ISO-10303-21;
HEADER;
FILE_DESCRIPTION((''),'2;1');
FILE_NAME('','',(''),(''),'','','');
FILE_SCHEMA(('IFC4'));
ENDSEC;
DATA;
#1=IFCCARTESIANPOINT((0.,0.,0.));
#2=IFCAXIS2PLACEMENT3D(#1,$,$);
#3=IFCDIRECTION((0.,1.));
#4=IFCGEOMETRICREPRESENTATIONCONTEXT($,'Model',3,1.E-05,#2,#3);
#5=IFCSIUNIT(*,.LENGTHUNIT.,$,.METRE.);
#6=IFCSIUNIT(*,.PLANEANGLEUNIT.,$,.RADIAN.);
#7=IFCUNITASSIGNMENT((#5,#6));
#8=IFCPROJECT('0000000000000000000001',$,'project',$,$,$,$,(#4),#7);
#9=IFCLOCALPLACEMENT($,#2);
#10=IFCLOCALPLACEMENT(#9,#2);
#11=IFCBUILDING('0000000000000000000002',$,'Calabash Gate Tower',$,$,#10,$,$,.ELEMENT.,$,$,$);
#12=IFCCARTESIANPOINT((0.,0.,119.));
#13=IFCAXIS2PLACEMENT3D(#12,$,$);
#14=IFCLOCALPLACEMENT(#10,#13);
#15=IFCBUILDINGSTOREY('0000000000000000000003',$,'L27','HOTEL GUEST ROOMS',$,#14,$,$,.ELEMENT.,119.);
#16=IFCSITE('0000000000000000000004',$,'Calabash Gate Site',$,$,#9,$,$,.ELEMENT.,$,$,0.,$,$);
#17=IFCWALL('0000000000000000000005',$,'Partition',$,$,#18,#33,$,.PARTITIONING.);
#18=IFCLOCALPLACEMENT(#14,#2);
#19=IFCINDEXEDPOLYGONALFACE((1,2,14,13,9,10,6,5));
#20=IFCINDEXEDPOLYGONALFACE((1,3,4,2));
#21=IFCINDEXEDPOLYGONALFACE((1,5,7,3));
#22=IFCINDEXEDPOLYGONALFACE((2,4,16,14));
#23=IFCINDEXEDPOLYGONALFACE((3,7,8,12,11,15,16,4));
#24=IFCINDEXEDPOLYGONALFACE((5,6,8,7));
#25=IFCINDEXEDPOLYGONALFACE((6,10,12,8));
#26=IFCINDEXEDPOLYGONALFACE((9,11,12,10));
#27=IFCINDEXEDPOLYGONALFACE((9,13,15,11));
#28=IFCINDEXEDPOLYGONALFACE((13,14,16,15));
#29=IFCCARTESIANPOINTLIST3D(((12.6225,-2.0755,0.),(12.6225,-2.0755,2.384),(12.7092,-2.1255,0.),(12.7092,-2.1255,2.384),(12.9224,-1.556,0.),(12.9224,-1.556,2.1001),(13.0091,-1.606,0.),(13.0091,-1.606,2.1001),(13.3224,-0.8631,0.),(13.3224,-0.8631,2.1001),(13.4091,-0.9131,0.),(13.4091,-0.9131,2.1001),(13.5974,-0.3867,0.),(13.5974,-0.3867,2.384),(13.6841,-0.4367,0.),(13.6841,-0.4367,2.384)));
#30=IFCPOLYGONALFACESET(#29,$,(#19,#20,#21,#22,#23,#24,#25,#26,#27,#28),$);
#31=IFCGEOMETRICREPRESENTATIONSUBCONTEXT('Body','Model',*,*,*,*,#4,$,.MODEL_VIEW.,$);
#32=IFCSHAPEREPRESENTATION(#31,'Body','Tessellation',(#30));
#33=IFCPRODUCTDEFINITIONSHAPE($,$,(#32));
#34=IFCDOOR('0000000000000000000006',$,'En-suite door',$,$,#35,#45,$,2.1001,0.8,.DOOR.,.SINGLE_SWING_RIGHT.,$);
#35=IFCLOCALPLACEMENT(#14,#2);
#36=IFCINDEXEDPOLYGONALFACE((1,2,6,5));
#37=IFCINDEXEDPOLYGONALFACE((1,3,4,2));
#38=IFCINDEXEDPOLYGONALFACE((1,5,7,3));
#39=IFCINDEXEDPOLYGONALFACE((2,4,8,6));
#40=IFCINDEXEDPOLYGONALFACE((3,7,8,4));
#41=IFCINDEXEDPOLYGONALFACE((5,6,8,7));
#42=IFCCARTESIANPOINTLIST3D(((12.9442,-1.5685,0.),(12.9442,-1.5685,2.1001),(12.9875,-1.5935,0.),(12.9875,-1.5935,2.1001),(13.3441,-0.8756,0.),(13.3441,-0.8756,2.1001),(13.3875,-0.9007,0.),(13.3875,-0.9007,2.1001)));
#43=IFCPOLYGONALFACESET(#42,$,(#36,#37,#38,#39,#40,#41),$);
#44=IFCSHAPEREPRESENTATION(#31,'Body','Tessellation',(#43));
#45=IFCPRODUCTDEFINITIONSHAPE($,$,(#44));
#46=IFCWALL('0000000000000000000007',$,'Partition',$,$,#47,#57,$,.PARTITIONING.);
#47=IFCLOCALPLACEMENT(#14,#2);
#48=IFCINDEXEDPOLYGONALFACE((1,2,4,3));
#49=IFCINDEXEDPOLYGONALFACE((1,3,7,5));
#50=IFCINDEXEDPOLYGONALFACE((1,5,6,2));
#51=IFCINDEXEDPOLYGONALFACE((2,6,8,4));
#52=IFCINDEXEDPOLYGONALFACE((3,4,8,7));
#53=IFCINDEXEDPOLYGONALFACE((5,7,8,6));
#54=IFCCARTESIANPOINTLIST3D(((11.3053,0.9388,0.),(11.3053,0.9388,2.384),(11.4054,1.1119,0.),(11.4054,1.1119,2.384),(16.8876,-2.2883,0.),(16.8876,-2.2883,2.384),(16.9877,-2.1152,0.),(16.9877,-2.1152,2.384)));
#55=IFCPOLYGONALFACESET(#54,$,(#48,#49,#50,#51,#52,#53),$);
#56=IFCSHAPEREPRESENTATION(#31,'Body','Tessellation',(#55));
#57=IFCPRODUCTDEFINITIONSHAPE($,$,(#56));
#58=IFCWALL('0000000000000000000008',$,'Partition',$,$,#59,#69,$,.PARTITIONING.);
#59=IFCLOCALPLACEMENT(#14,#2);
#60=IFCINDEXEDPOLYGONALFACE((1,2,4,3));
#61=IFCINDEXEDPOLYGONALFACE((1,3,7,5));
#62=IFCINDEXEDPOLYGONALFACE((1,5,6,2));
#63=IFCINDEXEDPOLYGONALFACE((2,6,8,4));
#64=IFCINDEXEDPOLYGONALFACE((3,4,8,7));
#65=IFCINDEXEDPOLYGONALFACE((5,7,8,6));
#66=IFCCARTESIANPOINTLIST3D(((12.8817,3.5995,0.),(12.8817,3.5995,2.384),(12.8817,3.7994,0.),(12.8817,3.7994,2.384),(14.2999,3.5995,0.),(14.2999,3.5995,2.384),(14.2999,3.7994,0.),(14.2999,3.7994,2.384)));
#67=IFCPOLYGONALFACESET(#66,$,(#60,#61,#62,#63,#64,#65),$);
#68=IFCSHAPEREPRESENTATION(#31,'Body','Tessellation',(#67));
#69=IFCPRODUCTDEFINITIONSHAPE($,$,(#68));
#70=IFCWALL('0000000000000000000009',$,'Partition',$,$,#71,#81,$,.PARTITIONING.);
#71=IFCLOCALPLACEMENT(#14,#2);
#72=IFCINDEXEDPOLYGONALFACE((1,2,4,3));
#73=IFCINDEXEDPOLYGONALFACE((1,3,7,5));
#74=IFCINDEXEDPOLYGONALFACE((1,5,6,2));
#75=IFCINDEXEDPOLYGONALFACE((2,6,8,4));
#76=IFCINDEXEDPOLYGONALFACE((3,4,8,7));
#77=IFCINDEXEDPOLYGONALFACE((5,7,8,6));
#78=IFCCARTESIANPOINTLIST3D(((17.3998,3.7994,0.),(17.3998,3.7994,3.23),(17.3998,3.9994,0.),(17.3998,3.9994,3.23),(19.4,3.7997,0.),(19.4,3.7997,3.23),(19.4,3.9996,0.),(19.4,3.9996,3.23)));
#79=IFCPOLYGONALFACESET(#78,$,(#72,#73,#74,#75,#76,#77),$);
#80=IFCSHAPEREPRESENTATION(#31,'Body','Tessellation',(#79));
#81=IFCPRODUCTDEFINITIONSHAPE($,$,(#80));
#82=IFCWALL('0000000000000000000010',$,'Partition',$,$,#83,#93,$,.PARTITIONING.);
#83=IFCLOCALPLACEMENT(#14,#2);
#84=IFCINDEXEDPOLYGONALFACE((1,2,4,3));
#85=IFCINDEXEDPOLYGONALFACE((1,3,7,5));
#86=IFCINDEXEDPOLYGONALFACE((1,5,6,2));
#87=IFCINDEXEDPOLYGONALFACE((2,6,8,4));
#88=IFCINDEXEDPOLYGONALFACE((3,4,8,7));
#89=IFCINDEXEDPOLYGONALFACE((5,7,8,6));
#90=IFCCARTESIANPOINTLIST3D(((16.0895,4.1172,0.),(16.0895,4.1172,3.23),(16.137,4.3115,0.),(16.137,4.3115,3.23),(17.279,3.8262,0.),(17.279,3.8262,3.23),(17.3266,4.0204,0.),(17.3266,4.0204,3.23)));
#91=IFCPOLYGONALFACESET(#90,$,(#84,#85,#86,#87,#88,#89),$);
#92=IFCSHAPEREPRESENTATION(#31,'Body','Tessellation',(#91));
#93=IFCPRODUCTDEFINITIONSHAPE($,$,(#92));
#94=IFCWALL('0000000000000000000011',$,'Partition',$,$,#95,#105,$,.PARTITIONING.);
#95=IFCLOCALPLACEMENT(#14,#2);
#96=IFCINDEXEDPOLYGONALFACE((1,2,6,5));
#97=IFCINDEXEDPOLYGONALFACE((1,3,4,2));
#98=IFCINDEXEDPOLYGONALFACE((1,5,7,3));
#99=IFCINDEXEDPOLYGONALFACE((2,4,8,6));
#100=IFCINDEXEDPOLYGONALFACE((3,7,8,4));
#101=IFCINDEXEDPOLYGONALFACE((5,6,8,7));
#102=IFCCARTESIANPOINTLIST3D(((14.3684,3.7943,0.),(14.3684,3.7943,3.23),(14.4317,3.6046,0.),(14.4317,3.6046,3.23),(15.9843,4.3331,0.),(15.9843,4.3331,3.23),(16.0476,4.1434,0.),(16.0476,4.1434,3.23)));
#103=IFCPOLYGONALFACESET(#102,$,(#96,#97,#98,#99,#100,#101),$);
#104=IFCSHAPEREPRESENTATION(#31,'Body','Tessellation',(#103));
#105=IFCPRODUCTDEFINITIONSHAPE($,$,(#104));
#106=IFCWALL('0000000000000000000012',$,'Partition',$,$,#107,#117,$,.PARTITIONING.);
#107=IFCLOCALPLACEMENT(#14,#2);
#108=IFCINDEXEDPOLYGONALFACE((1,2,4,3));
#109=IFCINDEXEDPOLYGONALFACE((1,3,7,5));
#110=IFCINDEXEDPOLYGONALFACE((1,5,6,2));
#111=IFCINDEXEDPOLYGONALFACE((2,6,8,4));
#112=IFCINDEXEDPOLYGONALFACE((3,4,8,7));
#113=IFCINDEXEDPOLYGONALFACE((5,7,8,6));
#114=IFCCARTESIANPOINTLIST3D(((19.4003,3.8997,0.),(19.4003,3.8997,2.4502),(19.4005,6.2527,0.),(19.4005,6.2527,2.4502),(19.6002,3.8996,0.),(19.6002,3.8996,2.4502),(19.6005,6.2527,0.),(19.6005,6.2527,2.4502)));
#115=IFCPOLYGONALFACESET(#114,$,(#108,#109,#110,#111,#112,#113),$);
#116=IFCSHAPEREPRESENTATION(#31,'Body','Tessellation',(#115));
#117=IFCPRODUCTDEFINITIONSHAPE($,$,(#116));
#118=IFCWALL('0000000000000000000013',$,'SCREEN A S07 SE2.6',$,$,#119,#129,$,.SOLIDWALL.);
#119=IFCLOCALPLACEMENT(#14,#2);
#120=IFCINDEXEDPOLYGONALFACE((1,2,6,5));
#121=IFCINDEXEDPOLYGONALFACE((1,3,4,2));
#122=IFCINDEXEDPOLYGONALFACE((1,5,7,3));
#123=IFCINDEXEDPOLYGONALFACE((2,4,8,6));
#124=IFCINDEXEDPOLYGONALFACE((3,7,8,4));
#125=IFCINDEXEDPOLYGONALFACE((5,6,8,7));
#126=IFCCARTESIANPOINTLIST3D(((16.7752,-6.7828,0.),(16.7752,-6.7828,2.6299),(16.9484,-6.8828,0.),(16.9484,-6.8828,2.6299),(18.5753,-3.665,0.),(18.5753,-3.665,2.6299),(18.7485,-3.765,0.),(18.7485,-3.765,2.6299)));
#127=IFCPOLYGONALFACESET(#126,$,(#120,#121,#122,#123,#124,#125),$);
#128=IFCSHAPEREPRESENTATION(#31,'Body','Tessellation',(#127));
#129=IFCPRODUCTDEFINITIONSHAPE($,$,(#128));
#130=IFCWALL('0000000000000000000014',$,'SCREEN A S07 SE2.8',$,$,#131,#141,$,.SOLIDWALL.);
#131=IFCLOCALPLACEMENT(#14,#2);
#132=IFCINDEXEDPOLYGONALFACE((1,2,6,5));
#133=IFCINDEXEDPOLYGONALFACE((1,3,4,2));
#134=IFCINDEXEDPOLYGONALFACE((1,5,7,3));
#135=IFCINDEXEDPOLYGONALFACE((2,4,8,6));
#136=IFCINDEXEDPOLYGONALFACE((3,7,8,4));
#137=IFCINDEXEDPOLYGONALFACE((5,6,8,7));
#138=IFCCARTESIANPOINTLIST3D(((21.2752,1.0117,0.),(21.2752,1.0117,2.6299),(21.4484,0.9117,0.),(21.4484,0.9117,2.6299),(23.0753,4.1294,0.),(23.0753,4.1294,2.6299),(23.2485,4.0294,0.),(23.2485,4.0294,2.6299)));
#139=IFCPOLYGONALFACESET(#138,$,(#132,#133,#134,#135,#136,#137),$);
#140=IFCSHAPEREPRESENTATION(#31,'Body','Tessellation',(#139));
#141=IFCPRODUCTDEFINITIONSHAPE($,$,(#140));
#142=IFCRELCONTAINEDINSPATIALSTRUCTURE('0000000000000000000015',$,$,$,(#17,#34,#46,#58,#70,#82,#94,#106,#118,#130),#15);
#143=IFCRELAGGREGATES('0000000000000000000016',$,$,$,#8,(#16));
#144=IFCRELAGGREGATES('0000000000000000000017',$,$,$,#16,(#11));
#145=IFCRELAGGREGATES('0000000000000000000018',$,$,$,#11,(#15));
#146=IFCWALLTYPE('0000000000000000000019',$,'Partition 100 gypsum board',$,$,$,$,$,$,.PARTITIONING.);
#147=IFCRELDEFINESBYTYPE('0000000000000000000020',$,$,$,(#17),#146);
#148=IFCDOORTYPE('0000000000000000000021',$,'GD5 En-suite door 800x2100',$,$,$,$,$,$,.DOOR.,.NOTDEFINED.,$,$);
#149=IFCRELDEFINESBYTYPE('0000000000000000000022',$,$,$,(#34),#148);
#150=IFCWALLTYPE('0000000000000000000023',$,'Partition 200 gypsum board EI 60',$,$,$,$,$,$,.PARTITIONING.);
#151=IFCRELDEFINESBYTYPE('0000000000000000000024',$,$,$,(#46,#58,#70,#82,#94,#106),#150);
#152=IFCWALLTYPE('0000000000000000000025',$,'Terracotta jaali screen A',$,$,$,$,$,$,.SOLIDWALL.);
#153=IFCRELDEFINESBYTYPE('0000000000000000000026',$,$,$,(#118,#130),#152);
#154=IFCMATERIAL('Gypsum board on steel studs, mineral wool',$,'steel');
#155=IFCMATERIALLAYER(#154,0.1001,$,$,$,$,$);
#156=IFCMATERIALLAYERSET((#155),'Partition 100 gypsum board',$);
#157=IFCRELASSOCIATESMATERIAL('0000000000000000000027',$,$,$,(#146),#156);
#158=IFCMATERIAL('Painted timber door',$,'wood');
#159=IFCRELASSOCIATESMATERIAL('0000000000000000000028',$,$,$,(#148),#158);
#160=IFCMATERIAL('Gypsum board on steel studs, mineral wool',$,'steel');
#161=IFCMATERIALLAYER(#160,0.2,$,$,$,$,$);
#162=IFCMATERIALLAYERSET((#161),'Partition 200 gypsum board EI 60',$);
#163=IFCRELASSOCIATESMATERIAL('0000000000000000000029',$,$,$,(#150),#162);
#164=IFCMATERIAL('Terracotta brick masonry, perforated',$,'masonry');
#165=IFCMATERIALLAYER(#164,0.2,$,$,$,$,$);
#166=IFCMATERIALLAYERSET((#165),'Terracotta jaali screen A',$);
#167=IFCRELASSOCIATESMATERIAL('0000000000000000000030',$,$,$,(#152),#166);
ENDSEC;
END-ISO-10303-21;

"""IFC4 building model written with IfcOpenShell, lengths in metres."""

from ifc_helpers import new_model, si_unit, direction, frame, frame_2d, origin, place, context, subcontext, project, spatial, rectangle, extrude, material, layer, layer_set, type_object, element, fill, save


model = new_model("IFC4")

# Units and contexts
model_context = context("Model", 3, precision=1e-05, world=origin(), true_north=direction((0.0, 1.0)))
body_context = subcontext(model_context, "Body", "Model", "MODEL_VIEW")
ifc_project = project(units=[si_unit("LENGTHUNIT", "METRE"), si_unit("PLANEANGLEUNIT", "RADIAN")], contexts=[model_context])

# Site, building, storey
site_placement = place(None, origin())
site = spatial("IfcSite", under=ifc_project, at=site_placement, Name="Calabash Gate Site", CompositionType="ELEMENT", RefElevation=0.0)
building_placement = place(site_placement, origin())
building = spatial("IfcBuilding", under=site, at=building_placement, Name="Calabash Gate Tower", CompositionType="ELEMENT")
storey_placement = place(building_placement, frame((0.0, 0.0, 119.0)))
storey = spatial("IfcBuildingStorey", under=building, at=storey_placement, Name="L27", Description="HOTEL GUEST ROOMS", CompositionType="ELEMENT", Elevation=119.0)

# Wall, opening, door
ifc_material_1 = material(Name="Gypsum board on steel studs, mineral wool", Category="steel")
ifc_layer_1 = layer(ifc_material_1, 0.1001)
ifc_layer_set_1 = layer_set([ifc_layer_1], Name="Partition 100 gypsum board")
wall_type_1 = type_object("IfcWallType", Name="Partition 100 gypsum board", PredefinedType="PARTITIONING", material=ifc_layer_set_1)
wall_1_placement = place(storey_placement, frame((12.6658, -2.1006, 0.0), z_axis=(0.0, 0.0, 1.0), x_axis=(0.49995, 0.866054, 0.0)))
wall_1 = element("IfcWall", 1, at=wall_1_placement, inside=storey, type_object=wall_type_1, Name="Partition", PredefinedType="PARTITIONING", context=body_context, shape_type="SweptSolid", body=[
    extrude(rectangle(XDim=1.95, YDim=0.1001, at=frame_2d((0.9751, 0.0))), origin(), (0.0, 0.0, 1.0), 2.384),
])
opening_1_placement = place(wall_1_placement, frame((0.6001, 0.0, 0.0)))
opening_1 = element("IfcOpeningElement", 2, at=opening_1_placement, cuts=wall_1, PredefinedType="OPENING", context=body_context, shape_type="SweptSolid", body=[
    extrude(rectangle(XDim=0.8, YDim=2.1001, at=frame_2d((0.3999, 1.05))), frame((0.0, 0.0601, 0.0), z_axis=(0.0, -1.0, 0.0), x_axis=(1.0, 0.0, 0.0)), (0.0, 0.0, 1.0), 0.1201),
])
ifc_material_2 = material(Name="Painted timber door", Category="wood")
door_type_1 = type_object("IfcDoorType", Name="GD5 En-suite door 800x2100", OperationType="NOTDEFINED", PredefinedType="DOOR", material=ifc_material_2)
door_1_placement = place(opening_1_placement, origin())
door_1 = element("IfcDoor", 3, at=door_1_placement, inside=storey, type_object=door_type_1, Name="En-suite door", OperationType="SINGLE_SWING_RIGHT", OverallHeight=2.1001, OverallWidth=0.8, PredefinedType="DOOR", context=body_context, shape_type="SweptSolid", body=[
    extrude(rectangle(XDim=0.8, YDim=2.1001, at=frame_2d((0.3999, 1.05))), frame((0.0, 0.0249, 0.0), z_axis=(0.0, -1.0, 0.0), x_axis=(1.0, 0.0, 0.0)), (0.0, 0.0, 1.0), 0.05),
])
fill(opening_1, door_1)

# Walls
ifc_material_3 = material(Name="Gypsum board on steel studs, mineral wool", Category="steel")
ifc_layer_2 = layer(ifc_material_3, 0.2)
ifc_layer_set_2 = layer_set([ifc_layer_2], Name="Partition 200 gypsum board EI 60")
wall_type_2 = type_object("IfcWallType", Name="Partition 200 gypsum board EI 60", PredefinedType="PARTITIONING", material=ifc_layer_set_2)
wall_2_placement = place(storey_placement, frame((11.3552, 1.0254, 0.0), z_axis=(0.0, 0.0, 1.0), x_axis=(0.865748, -0.500479, 0.0)))
element("IfcWall", 4, at=wall_2_placement, inside=storey, type_object=wall_type_2, Name="Partition", PredefinedType="PARTITIONING", context=body_context, shape_type="SweptSolid", body=[
    extrude(rectangle(XDim=6.448, YDim=0.2, at=frame_2d((3.2241, 0.0))), origin(), (0.0, 0.0, 1.0), 2.384),
])
wall_3_placement = place(storey_placement, frame((12.8818, 3.6995, 0.0), z_axis=(0.0, 0.0, 1.0), x_axis=(1.0, 0.0, 0.0)))
element("IfcWall", 5, at=wall_3_placement, inside=storey, type_object=wall_type_2, Name="Partition", PredefinedType="PARTITIONING", context=body_context, shape_type="SweptSolid", body=[
    extrude(rectangle(XDim=1.4182, YDim=0.2, at=frame_2d((0.709, 0.0))), origin(), (0.0, 0.0, 1.0), 2.384),
])
wall_4_placement = place(storey_placement, frame((17.3999, 3.8994, 0.0), z_axis=(0.0, 0.0, 1.0), x_axis=(1.0, 0.000122, 0.0)))
element("IfcWall", 6, at=wall_4_placement, inside=storey, type_object=wall_type_2, Name="Partition", PredefinedType="PARTITIONING", context=body_context, shape_type="SweptSolid", body=[
    extrude(rectangle(XDim=2.0002, YDim=0.2, at=frame_2d((1.0, 0.0))), origin(), (0.0, 0.0, 1.0), 3.23),
])
wall_5_placement = place(storey_placement, frame((16.1133, 4.2144, 0.0), z_axis=(0.0, 0.0, 1.0), x_axis=(0.97135, -0.237654, 0.0)))
element("IfcWall", 7, at=wall_5_placement, inside=storey, type_object=wall_type_2, Name="Partition", PredefinedType="PARTITIONING", context=body_context, shape_type="SweptSolid", body=[
    extrude(rectangle(XDim=1.2246, YDim=0.2, at=frame_2d((0.6123, 0.0))), origin(), (0.0, 0.0, 1.0), 3.23),
])
wall_6_placement = place(storey_placement, frame((14.4001, 3.6995, 0.0), z_axis=(0.0, 0.0, 1.0), x_axis=(0.948655, 0.316314, 0.0)))
element("IfcWall", 8, at=wall_6_placement, inside=storey, type_object=wall_type_2, Name="Partition", PredefinedType="PARTITIONING", context=body_context, shape_type="SweptSolid", body=[
    extrude(rectangle(XDim=1.7034, YDim=0.2, at=frame_2d((0.8516, 0.0))), origin(), (0.0, 0.0, 1.0), 3.23),
])
wall_7_placement = place(storey_placement, frame((19.5002, 3.8997, 0.0), z_axis=(0.0, 0.0, 1.0), x_axis=(0.000104, 1.0, 0.0)))
element("IfcWall", 9, at=wall_7_placement, inside=storey, type_object=wall_type_2, Name="Partition", PredefinedType="PARTITIONING", context=body_context, shape_type="SweptSolid", body=[
    extrude(rectangle(XDim=2.353, YDim=0.2, at=frame_2d((1.1765, 0.0))), origin(), (0.0, 0.0, 1.0), 2.4502),
])
ifc_material_4 = material(Name="Terracotta brick masonry, perforated", Category="masonry")
ifc_layer_3 = layer(ifc_material_4, 0.2)
ifc_layer_set_3 = layer_set([ifc_layer_3], Name="Terracotta jaali screen A")
wall_type_3 = type_object("IfcWallType", Name="Terracotta jaali screen A", PredefinedType="SOLIDWALL", material=ifc_layer_set_3)
for number, where, z_axis, x_axis, name in (
    (10, (16.8618, -6.8328, 0.0), (0.0, 0.0, 1.0), (0.500012, 0.866018, 0.0), "SCREEN A S07 SE2.6"),
    (11, (21.3618, 0.9617, 0.0), (0.0, 0.0, 1.0), (0.500012, 0.866018, 0.0), "SCREEN A S07 SE2.8"),
):
    element("IfcWall", number, at=place(storey_placement, frame(where, z_axis=z_axis, x_axis=x_axis)), inside=storey, type_object=wall_type_3, Name=name, PredefinedType="SOLIDWALL", context=body_context, shape_type="SweptSolid", body=[
        extrude(rectangle(XDim=3.6001, YDim=0.2, at=frame_2d((1.8, 0.0))), origin(), (0.0, 0.0, 1.0), 2.6299),
    ])

save(model, "model.ifc")
